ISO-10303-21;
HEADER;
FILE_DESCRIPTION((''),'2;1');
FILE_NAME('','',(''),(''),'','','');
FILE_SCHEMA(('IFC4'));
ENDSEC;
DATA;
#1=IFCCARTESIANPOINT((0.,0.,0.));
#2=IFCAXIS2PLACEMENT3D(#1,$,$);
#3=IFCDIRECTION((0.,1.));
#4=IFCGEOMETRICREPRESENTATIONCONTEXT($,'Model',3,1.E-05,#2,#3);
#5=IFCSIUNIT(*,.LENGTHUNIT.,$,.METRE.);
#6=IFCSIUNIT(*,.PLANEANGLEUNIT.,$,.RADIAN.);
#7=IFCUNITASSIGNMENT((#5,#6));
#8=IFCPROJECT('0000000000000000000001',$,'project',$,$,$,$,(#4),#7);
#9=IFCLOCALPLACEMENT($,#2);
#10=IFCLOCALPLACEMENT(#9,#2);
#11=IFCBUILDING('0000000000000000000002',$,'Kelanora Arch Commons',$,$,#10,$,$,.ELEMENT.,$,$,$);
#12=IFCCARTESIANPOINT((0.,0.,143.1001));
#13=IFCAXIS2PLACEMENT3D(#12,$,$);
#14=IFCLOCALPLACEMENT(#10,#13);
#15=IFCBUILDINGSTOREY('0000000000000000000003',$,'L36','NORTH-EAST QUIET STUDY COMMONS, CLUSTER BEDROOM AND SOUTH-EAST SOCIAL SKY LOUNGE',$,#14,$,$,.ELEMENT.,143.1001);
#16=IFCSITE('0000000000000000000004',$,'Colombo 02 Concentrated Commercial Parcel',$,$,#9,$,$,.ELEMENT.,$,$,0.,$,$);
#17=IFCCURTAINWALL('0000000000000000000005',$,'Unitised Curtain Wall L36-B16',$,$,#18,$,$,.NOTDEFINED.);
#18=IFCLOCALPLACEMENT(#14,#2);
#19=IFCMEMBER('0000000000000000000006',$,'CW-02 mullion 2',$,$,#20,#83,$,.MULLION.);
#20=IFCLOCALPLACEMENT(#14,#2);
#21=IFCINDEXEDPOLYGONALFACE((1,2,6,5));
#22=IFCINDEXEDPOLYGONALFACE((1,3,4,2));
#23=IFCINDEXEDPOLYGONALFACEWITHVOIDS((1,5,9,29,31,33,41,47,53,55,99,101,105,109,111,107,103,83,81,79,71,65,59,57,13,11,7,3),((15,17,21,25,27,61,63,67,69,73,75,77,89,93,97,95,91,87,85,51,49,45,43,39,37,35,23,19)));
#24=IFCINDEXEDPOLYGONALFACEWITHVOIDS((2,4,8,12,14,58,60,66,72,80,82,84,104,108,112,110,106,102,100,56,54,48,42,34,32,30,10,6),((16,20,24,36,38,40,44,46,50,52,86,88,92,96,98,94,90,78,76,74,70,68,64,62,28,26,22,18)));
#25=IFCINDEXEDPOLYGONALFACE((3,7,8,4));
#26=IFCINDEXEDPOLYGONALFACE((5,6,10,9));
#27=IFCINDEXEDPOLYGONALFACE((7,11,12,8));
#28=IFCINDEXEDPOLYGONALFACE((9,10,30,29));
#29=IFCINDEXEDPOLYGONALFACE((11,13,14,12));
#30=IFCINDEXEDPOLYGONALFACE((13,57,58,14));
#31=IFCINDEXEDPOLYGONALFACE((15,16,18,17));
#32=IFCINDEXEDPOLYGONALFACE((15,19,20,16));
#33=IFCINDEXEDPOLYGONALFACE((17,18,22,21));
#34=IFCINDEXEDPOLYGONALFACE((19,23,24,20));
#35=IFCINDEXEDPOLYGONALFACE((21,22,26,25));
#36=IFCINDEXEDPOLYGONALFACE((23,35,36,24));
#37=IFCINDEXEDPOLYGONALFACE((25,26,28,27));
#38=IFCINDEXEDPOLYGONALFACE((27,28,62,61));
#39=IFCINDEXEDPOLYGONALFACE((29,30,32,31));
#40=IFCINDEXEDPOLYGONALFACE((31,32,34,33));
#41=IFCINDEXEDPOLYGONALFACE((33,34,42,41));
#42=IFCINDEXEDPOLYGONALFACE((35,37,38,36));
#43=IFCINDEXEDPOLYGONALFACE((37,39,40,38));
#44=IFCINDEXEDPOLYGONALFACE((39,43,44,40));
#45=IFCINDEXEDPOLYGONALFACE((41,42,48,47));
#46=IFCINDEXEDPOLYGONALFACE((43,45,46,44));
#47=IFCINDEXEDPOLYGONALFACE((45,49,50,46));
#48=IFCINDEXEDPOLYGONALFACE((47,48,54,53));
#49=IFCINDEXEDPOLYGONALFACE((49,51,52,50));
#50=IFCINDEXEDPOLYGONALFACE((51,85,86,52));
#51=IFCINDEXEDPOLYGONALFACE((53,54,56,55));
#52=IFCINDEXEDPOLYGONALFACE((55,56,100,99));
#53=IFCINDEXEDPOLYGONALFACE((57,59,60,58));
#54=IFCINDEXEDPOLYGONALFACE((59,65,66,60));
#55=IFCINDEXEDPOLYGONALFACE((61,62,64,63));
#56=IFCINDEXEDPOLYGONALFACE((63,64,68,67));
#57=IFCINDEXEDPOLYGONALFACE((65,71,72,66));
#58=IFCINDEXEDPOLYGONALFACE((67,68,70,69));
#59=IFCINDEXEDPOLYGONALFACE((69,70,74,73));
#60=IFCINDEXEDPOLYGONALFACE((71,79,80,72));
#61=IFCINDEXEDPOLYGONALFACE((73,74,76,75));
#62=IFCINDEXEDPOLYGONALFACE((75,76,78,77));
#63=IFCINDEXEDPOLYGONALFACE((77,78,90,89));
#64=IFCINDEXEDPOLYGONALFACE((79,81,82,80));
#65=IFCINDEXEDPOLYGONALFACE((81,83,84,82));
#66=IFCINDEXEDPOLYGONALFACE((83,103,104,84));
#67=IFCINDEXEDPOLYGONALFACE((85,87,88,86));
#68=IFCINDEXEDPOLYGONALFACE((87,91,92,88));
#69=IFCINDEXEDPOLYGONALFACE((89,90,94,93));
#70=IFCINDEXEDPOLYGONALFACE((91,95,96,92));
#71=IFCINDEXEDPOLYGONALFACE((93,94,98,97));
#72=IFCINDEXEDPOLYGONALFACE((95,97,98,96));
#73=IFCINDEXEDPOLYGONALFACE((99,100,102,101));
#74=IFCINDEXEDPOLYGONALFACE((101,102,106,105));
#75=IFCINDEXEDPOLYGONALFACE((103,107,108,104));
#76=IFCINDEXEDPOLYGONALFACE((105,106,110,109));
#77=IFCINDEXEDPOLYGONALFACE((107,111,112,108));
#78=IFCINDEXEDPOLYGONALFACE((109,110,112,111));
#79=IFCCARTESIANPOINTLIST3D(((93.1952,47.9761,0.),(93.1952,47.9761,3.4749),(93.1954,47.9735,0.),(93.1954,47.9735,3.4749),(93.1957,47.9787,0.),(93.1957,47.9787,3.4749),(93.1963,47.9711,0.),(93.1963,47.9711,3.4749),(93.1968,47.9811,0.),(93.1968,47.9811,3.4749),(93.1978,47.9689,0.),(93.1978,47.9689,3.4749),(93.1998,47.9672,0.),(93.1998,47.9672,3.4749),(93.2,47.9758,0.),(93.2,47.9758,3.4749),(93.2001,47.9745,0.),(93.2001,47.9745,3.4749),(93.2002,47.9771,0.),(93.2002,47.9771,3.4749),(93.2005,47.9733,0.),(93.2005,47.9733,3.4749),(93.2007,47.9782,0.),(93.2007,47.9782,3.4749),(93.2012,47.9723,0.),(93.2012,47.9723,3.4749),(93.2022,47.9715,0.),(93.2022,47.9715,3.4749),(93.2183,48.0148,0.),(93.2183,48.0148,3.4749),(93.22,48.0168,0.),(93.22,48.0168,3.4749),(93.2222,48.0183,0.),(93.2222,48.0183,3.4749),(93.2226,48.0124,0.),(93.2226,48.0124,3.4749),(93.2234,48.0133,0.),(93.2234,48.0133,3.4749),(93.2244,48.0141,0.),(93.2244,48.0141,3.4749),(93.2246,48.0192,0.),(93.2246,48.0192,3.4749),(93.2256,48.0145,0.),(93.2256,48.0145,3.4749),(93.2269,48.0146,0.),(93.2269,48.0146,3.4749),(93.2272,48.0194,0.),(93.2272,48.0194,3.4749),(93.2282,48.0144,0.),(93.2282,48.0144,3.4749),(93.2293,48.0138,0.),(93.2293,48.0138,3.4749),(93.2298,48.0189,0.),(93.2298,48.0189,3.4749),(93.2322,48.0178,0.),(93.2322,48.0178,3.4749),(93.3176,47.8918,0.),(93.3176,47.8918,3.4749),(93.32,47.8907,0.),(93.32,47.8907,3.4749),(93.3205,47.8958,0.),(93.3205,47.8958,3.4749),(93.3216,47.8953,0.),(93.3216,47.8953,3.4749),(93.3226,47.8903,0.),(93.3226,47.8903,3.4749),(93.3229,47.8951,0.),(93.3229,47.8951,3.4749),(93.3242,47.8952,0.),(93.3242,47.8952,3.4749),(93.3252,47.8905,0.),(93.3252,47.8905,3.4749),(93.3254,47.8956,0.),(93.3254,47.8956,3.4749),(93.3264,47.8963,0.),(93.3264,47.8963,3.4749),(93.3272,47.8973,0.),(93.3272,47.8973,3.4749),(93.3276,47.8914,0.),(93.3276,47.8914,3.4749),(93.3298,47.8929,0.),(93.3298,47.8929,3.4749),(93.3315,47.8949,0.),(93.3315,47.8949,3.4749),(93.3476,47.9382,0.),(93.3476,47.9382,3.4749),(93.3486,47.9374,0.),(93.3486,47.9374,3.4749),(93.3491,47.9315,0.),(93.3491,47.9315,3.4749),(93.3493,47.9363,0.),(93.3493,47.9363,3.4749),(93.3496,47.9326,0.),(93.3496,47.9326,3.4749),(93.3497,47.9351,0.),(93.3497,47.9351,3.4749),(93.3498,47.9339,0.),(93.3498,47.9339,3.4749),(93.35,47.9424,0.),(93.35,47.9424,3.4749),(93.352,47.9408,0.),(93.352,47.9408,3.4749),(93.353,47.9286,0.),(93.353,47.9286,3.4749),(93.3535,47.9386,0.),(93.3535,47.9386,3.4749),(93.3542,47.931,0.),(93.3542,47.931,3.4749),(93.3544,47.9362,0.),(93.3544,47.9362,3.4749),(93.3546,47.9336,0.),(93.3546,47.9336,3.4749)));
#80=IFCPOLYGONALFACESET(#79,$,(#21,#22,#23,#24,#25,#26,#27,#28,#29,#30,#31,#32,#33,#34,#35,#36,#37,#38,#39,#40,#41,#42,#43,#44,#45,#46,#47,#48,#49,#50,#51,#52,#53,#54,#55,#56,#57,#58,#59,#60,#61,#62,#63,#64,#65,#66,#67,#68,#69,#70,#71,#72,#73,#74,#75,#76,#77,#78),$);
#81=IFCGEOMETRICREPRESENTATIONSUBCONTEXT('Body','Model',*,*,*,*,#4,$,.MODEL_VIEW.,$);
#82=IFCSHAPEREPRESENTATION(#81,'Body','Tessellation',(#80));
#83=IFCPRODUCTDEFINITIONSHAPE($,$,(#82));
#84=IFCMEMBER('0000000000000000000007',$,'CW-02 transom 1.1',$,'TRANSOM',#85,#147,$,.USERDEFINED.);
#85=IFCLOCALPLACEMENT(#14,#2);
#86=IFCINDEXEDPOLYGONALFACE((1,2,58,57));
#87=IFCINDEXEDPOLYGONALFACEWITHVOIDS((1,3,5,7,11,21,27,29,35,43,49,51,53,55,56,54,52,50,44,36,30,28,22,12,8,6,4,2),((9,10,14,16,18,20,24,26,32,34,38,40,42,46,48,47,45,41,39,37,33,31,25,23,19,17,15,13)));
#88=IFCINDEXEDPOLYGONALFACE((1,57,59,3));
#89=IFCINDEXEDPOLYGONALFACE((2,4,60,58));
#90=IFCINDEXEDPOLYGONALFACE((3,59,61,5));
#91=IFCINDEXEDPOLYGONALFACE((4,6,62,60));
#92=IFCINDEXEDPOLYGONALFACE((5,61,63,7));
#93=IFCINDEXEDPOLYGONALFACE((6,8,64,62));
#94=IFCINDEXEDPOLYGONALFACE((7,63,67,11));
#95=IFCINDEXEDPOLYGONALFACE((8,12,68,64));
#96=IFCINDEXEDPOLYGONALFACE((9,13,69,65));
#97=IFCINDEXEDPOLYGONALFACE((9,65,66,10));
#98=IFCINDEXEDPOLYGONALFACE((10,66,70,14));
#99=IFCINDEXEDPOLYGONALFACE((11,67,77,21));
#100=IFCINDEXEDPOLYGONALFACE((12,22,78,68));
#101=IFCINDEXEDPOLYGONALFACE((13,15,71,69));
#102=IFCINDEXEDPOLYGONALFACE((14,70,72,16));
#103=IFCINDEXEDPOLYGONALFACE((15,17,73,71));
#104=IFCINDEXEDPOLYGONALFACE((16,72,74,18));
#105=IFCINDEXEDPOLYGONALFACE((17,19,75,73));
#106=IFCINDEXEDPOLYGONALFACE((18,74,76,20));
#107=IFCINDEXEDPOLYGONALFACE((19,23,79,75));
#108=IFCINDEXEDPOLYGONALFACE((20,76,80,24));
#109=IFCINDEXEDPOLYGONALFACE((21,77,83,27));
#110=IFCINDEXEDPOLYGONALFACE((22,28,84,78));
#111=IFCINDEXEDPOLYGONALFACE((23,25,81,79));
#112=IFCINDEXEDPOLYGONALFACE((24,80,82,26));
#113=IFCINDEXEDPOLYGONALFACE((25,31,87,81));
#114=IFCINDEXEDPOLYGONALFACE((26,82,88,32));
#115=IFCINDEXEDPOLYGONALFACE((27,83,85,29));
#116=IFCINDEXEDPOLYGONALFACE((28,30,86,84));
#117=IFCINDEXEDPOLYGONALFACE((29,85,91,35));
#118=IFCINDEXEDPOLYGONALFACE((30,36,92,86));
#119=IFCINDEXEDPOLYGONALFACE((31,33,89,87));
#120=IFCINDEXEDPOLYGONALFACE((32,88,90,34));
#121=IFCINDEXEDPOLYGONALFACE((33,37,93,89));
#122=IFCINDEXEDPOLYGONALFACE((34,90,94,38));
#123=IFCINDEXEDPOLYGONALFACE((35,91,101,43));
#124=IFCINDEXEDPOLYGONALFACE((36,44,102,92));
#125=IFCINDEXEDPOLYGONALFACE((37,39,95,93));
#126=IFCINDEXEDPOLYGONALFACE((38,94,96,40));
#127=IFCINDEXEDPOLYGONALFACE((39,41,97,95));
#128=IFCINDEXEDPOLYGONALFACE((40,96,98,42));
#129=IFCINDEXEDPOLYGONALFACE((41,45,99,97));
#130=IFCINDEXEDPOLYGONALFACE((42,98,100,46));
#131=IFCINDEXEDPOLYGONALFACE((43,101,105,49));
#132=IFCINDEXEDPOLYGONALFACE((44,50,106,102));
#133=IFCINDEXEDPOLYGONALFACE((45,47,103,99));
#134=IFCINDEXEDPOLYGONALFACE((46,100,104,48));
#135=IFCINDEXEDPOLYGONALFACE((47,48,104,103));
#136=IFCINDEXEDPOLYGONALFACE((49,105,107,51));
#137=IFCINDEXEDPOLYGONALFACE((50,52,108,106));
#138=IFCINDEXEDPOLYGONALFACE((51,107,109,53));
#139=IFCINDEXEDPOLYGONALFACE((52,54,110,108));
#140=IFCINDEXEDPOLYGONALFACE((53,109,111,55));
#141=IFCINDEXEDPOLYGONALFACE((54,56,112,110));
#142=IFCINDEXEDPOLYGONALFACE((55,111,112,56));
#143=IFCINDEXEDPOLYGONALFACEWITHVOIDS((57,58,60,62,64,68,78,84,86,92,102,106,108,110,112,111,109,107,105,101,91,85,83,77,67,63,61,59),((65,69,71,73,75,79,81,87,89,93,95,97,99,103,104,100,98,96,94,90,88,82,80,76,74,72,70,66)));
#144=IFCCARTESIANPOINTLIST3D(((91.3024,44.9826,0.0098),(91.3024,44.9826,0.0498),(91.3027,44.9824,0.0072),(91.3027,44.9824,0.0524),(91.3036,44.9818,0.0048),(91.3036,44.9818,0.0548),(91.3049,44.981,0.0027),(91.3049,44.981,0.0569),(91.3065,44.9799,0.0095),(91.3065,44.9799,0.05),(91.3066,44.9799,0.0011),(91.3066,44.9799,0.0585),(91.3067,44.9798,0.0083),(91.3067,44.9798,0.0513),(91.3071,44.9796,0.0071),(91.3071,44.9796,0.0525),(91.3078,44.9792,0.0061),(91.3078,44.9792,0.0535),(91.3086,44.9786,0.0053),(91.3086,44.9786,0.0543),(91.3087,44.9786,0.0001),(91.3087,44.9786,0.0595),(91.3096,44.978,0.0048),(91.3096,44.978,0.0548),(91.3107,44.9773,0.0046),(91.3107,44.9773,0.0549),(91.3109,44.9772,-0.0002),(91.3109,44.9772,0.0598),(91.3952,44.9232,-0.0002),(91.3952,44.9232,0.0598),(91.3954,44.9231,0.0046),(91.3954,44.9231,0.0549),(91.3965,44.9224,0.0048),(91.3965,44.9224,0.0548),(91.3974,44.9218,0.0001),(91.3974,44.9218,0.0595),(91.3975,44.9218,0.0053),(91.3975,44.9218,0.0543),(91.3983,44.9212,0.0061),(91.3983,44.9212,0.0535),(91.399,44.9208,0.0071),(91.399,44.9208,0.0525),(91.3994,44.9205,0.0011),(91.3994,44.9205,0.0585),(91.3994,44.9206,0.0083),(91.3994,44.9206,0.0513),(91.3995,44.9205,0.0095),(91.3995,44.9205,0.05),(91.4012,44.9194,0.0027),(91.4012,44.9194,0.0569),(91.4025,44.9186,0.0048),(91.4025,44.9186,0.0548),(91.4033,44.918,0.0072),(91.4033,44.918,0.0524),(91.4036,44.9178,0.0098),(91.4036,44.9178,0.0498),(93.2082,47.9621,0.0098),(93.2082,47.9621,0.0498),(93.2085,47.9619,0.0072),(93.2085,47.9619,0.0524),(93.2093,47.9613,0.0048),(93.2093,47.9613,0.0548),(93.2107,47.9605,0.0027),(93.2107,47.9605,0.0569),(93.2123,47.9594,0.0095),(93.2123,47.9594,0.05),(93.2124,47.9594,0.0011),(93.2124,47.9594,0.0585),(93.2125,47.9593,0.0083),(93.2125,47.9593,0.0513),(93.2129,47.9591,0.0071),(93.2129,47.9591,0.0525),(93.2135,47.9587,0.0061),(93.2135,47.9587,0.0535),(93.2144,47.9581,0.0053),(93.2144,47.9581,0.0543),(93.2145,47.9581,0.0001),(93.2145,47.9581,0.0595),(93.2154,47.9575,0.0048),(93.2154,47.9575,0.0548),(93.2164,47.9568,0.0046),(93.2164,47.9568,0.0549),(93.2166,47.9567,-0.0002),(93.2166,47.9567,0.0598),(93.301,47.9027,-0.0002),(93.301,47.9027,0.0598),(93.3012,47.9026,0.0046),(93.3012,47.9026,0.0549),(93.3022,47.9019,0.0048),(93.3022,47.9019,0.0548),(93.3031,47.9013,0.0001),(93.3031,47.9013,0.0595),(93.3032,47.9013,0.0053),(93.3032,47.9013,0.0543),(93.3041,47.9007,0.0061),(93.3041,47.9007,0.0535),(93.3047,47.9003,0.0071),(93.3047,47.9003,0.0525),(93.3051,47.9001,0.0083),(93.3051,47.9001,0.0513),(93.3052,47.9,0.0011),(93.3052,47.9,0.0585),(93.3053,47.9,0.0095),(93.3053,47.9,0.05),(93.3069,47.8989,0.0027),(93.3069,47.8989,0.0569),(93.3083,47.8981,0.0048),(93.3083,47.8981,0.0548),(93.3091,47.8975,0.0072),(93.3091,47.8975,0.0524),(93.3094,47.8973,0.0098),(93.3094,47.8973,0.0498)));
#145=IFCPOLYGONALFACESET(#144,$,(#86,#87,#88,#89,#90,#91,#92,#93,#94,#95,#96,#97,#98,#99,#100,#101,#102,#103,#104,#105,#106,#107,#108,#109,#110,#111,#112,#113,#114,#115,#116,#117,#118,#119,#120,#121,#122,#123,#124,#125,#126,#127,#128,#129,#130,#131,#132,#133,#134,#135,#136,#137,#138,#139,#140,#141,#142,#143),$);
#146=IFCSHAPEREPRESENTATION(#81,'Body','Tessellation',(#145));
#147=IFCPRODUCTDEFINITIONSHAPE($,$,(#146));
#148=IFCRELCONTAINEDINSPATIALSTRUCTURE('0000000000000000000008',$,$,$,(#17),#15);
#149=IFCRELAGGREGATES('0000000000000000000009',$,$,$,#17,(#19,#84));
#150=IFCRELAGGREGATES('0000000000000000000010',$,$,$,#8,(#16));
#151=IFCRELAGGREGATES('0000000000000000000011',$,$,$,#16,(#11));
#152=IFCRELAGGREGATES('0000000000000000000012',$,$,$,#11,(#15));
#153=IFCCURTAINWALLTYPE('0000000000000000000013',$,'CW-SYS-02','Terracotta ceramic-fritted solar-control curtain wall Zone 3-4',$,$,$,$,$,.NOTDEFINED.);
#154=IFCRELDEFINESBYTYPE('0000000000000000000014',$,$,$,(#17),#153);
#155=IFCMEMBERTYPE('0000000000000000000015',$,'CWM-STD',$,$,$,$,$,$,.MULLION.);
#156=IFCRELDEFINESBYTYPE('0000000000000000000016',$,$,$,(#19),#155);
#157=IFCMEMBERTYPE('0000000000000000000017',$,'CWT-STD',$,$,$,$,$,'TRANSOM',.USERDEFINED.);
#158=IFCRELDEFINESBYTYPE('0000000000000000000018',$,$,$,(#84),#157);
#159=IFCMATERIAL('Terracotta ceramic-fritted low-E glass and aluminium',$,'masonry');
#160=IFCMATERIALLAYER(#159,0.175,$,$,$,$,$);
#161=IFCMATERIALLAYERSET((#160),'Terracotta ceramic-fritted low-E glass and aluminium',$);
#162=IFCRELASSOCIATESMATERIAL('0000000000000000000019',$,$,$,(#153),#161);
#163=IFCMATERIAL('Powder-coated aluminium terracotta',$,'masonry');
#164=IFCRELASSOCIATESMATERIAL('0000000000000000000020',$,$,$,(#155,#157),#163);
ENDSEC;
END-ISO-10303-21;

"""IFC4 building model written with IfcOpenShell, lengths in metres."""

from ifc_helpers import new_model, si_unit, direction, frame, origin, origin_2d, place, context, subcontext, project, spatial, hollow_rectangle, extrude, material, layer, layer_set, material_profile, profile_set, type_object, element, aggregate, save


model = new_model("IFC4")

# Units and contexts
model_context = context("Model", 3, precision=1e-05, world=origin(), true_north=direction((0.0, 1.0)))
body_context = subcontext(model_context, "Body", "Model", "MODEL_VIEW")
ifc_project = project(units=[si_unit("LENGTHUNIT", "METRE"), si_unit("PLANEANGLEUNIT", "RADIAN")], contexts=[model_context])

# Site, building, storey
site_placement = place(None, origin())
site = spatial("IfcSite", under=ifc_project, at=site_placement, Name="Colombo 02 Concentrated Commercial Parcel", CompositionType="ELEMENT", RefElevation=0.0)
building_placement = place(site_placement, origin())
building = spatial("IfcBuilding", under=site, at=building_placement, Name="Kelanora Arch Commons", CompositionType="ELEMENT")
storey_placement = place(building_placement, frame((0.0, 0.0, 143.1001)))
storey = spatial("IfcBuildingStorey", under=building, at=storey_placement, Name="L36", Description="NORTH-EAST QUIET STUDY COMMONS, CLUSTER BEDROOM AND SOUTH-EAST SOCIAL SKY LOUNGE", CompositionType="ELEMENT", Elevation=143.1001)

# Shared definitions
ifc_material_1 = material(Name="Terracotta ceramic-fritted low-E glass and aluminium", Category="masonry")
ifc_layer_1 = layer(ifc_material_1, 0.175)
ifc_layer_set_1 = layer_set([ifc_layer_1], Name="Terracotta ceramic-fritted low-E glass and aluminium")
curtain_wall_type = type_object("IfcCurtainWallType", Name="CW-SYS-02", Description="Terracotta ceramic-fritted solar-control curtain wall Zone 3-4", PredefinedType="NOTDEFINED", material=ifc_layer_set_1)
ifc_material_2 = material(Name="Powder-coated aluminium terracotta", Category="masonry")
ifc_material_profile_1 = material_profile(ifc_material_2, hollow_rectangle(XDim=0.1599, YDim=0.0601, WallThickness=0.0049, InnerFilletRadius=0.0049, OuterFilletRadius=0.01, at=origin_2d()), Name="CWM160x60")
ifc_profile_set_1 = profile_set([ifc_material_profile_1], Name="Powder-coated aluminium terracotta")
member_type_1 = type_object("IfcMemberType", Name="CWM-STD", PredefinedType="MULLION", material=ifc_profile_set_1)

# Curtain wall, members
curtain_wall_1_placement = place(storey_placement, origin())
curtain_wall_1 = element("IfcCurtainWall", 1, at=curtain_wall_1_placement, inside=storey, type_object=curtain_wall_type, Name="Unitised Curtain Wall L36-B16", PredefinedType="NOTDEFINED")
member_1_placement = place(storey_placement, frame((93.2749, 47.9548, 0.0), z_axis=(0.0, 0.0, 1.0), x_axis=(-0.842423, 0.538817, 0.0)))
member_1 = element("IfcMember", 2, at=member_1_placement, type_object=member_type_1, Name="CW-02 mullion 2", PredefinedType="MULLION", context=body_context, shape_type="SweptSolid", body=[
    extrude(hollow_rectangle(XDim=0.1599, YDim=0.0601, WallThickness=0.0049, InnerFilletRadius=0.0049, OuterFilletRadius=0.01, at=origin_2d()), origin(), (0.0, 0.0, 1.0), 3.4749),
])
ifc_material_profile_2 = material_profile(ifc_material_2, hollow_rectangle(XDim=0.1201, YDim=0.0601, WallThickness=0.0049, InnerFilletRadius=0.0049, OuterFilletRadius=0.01, at=origin_2d()), Name="CWT120x60")
ifc_profile_set_2 = profile_set([ifc_material_profile_2], Name="Powder-coated aluminium terracotta")
member_type_2 = type_object("IfcMemberType", Name="CWT-STD", ElementType="TRANSOM", PredefinedType="USERDEFINED", material=ifc_profile_set_2)
member_2_placement = place(storey_placement, frame((91.353, 44.9502, 0.0298), z_axis=(0.53883, 0.842414, 0.0), x_axis=(-0.842414, 0.53883, 0.0)))
member_2 = element("IfcMember", 3, at=member_2_placement, type_object=member_type_2, Name="CW-02 transom 1.1", ObjectType="TRANSOM", PredefinedType="USERDEFINED", context=body_context, shape_type="SweptSolid", body=[
    extrude(hollow_rectangle(XDim=0.1201, YDim=0.0601, WallThickness=0.0049, InnerFilletRadius=0.0049, OuterFilletRadius=0.01, at=origin_2d()), origin(), (0.0, 0.0, 1.0), 3.5369),
])

aggregate(curtain_wall_1, [member_1, member_2])

save(model, "model.ifc")
